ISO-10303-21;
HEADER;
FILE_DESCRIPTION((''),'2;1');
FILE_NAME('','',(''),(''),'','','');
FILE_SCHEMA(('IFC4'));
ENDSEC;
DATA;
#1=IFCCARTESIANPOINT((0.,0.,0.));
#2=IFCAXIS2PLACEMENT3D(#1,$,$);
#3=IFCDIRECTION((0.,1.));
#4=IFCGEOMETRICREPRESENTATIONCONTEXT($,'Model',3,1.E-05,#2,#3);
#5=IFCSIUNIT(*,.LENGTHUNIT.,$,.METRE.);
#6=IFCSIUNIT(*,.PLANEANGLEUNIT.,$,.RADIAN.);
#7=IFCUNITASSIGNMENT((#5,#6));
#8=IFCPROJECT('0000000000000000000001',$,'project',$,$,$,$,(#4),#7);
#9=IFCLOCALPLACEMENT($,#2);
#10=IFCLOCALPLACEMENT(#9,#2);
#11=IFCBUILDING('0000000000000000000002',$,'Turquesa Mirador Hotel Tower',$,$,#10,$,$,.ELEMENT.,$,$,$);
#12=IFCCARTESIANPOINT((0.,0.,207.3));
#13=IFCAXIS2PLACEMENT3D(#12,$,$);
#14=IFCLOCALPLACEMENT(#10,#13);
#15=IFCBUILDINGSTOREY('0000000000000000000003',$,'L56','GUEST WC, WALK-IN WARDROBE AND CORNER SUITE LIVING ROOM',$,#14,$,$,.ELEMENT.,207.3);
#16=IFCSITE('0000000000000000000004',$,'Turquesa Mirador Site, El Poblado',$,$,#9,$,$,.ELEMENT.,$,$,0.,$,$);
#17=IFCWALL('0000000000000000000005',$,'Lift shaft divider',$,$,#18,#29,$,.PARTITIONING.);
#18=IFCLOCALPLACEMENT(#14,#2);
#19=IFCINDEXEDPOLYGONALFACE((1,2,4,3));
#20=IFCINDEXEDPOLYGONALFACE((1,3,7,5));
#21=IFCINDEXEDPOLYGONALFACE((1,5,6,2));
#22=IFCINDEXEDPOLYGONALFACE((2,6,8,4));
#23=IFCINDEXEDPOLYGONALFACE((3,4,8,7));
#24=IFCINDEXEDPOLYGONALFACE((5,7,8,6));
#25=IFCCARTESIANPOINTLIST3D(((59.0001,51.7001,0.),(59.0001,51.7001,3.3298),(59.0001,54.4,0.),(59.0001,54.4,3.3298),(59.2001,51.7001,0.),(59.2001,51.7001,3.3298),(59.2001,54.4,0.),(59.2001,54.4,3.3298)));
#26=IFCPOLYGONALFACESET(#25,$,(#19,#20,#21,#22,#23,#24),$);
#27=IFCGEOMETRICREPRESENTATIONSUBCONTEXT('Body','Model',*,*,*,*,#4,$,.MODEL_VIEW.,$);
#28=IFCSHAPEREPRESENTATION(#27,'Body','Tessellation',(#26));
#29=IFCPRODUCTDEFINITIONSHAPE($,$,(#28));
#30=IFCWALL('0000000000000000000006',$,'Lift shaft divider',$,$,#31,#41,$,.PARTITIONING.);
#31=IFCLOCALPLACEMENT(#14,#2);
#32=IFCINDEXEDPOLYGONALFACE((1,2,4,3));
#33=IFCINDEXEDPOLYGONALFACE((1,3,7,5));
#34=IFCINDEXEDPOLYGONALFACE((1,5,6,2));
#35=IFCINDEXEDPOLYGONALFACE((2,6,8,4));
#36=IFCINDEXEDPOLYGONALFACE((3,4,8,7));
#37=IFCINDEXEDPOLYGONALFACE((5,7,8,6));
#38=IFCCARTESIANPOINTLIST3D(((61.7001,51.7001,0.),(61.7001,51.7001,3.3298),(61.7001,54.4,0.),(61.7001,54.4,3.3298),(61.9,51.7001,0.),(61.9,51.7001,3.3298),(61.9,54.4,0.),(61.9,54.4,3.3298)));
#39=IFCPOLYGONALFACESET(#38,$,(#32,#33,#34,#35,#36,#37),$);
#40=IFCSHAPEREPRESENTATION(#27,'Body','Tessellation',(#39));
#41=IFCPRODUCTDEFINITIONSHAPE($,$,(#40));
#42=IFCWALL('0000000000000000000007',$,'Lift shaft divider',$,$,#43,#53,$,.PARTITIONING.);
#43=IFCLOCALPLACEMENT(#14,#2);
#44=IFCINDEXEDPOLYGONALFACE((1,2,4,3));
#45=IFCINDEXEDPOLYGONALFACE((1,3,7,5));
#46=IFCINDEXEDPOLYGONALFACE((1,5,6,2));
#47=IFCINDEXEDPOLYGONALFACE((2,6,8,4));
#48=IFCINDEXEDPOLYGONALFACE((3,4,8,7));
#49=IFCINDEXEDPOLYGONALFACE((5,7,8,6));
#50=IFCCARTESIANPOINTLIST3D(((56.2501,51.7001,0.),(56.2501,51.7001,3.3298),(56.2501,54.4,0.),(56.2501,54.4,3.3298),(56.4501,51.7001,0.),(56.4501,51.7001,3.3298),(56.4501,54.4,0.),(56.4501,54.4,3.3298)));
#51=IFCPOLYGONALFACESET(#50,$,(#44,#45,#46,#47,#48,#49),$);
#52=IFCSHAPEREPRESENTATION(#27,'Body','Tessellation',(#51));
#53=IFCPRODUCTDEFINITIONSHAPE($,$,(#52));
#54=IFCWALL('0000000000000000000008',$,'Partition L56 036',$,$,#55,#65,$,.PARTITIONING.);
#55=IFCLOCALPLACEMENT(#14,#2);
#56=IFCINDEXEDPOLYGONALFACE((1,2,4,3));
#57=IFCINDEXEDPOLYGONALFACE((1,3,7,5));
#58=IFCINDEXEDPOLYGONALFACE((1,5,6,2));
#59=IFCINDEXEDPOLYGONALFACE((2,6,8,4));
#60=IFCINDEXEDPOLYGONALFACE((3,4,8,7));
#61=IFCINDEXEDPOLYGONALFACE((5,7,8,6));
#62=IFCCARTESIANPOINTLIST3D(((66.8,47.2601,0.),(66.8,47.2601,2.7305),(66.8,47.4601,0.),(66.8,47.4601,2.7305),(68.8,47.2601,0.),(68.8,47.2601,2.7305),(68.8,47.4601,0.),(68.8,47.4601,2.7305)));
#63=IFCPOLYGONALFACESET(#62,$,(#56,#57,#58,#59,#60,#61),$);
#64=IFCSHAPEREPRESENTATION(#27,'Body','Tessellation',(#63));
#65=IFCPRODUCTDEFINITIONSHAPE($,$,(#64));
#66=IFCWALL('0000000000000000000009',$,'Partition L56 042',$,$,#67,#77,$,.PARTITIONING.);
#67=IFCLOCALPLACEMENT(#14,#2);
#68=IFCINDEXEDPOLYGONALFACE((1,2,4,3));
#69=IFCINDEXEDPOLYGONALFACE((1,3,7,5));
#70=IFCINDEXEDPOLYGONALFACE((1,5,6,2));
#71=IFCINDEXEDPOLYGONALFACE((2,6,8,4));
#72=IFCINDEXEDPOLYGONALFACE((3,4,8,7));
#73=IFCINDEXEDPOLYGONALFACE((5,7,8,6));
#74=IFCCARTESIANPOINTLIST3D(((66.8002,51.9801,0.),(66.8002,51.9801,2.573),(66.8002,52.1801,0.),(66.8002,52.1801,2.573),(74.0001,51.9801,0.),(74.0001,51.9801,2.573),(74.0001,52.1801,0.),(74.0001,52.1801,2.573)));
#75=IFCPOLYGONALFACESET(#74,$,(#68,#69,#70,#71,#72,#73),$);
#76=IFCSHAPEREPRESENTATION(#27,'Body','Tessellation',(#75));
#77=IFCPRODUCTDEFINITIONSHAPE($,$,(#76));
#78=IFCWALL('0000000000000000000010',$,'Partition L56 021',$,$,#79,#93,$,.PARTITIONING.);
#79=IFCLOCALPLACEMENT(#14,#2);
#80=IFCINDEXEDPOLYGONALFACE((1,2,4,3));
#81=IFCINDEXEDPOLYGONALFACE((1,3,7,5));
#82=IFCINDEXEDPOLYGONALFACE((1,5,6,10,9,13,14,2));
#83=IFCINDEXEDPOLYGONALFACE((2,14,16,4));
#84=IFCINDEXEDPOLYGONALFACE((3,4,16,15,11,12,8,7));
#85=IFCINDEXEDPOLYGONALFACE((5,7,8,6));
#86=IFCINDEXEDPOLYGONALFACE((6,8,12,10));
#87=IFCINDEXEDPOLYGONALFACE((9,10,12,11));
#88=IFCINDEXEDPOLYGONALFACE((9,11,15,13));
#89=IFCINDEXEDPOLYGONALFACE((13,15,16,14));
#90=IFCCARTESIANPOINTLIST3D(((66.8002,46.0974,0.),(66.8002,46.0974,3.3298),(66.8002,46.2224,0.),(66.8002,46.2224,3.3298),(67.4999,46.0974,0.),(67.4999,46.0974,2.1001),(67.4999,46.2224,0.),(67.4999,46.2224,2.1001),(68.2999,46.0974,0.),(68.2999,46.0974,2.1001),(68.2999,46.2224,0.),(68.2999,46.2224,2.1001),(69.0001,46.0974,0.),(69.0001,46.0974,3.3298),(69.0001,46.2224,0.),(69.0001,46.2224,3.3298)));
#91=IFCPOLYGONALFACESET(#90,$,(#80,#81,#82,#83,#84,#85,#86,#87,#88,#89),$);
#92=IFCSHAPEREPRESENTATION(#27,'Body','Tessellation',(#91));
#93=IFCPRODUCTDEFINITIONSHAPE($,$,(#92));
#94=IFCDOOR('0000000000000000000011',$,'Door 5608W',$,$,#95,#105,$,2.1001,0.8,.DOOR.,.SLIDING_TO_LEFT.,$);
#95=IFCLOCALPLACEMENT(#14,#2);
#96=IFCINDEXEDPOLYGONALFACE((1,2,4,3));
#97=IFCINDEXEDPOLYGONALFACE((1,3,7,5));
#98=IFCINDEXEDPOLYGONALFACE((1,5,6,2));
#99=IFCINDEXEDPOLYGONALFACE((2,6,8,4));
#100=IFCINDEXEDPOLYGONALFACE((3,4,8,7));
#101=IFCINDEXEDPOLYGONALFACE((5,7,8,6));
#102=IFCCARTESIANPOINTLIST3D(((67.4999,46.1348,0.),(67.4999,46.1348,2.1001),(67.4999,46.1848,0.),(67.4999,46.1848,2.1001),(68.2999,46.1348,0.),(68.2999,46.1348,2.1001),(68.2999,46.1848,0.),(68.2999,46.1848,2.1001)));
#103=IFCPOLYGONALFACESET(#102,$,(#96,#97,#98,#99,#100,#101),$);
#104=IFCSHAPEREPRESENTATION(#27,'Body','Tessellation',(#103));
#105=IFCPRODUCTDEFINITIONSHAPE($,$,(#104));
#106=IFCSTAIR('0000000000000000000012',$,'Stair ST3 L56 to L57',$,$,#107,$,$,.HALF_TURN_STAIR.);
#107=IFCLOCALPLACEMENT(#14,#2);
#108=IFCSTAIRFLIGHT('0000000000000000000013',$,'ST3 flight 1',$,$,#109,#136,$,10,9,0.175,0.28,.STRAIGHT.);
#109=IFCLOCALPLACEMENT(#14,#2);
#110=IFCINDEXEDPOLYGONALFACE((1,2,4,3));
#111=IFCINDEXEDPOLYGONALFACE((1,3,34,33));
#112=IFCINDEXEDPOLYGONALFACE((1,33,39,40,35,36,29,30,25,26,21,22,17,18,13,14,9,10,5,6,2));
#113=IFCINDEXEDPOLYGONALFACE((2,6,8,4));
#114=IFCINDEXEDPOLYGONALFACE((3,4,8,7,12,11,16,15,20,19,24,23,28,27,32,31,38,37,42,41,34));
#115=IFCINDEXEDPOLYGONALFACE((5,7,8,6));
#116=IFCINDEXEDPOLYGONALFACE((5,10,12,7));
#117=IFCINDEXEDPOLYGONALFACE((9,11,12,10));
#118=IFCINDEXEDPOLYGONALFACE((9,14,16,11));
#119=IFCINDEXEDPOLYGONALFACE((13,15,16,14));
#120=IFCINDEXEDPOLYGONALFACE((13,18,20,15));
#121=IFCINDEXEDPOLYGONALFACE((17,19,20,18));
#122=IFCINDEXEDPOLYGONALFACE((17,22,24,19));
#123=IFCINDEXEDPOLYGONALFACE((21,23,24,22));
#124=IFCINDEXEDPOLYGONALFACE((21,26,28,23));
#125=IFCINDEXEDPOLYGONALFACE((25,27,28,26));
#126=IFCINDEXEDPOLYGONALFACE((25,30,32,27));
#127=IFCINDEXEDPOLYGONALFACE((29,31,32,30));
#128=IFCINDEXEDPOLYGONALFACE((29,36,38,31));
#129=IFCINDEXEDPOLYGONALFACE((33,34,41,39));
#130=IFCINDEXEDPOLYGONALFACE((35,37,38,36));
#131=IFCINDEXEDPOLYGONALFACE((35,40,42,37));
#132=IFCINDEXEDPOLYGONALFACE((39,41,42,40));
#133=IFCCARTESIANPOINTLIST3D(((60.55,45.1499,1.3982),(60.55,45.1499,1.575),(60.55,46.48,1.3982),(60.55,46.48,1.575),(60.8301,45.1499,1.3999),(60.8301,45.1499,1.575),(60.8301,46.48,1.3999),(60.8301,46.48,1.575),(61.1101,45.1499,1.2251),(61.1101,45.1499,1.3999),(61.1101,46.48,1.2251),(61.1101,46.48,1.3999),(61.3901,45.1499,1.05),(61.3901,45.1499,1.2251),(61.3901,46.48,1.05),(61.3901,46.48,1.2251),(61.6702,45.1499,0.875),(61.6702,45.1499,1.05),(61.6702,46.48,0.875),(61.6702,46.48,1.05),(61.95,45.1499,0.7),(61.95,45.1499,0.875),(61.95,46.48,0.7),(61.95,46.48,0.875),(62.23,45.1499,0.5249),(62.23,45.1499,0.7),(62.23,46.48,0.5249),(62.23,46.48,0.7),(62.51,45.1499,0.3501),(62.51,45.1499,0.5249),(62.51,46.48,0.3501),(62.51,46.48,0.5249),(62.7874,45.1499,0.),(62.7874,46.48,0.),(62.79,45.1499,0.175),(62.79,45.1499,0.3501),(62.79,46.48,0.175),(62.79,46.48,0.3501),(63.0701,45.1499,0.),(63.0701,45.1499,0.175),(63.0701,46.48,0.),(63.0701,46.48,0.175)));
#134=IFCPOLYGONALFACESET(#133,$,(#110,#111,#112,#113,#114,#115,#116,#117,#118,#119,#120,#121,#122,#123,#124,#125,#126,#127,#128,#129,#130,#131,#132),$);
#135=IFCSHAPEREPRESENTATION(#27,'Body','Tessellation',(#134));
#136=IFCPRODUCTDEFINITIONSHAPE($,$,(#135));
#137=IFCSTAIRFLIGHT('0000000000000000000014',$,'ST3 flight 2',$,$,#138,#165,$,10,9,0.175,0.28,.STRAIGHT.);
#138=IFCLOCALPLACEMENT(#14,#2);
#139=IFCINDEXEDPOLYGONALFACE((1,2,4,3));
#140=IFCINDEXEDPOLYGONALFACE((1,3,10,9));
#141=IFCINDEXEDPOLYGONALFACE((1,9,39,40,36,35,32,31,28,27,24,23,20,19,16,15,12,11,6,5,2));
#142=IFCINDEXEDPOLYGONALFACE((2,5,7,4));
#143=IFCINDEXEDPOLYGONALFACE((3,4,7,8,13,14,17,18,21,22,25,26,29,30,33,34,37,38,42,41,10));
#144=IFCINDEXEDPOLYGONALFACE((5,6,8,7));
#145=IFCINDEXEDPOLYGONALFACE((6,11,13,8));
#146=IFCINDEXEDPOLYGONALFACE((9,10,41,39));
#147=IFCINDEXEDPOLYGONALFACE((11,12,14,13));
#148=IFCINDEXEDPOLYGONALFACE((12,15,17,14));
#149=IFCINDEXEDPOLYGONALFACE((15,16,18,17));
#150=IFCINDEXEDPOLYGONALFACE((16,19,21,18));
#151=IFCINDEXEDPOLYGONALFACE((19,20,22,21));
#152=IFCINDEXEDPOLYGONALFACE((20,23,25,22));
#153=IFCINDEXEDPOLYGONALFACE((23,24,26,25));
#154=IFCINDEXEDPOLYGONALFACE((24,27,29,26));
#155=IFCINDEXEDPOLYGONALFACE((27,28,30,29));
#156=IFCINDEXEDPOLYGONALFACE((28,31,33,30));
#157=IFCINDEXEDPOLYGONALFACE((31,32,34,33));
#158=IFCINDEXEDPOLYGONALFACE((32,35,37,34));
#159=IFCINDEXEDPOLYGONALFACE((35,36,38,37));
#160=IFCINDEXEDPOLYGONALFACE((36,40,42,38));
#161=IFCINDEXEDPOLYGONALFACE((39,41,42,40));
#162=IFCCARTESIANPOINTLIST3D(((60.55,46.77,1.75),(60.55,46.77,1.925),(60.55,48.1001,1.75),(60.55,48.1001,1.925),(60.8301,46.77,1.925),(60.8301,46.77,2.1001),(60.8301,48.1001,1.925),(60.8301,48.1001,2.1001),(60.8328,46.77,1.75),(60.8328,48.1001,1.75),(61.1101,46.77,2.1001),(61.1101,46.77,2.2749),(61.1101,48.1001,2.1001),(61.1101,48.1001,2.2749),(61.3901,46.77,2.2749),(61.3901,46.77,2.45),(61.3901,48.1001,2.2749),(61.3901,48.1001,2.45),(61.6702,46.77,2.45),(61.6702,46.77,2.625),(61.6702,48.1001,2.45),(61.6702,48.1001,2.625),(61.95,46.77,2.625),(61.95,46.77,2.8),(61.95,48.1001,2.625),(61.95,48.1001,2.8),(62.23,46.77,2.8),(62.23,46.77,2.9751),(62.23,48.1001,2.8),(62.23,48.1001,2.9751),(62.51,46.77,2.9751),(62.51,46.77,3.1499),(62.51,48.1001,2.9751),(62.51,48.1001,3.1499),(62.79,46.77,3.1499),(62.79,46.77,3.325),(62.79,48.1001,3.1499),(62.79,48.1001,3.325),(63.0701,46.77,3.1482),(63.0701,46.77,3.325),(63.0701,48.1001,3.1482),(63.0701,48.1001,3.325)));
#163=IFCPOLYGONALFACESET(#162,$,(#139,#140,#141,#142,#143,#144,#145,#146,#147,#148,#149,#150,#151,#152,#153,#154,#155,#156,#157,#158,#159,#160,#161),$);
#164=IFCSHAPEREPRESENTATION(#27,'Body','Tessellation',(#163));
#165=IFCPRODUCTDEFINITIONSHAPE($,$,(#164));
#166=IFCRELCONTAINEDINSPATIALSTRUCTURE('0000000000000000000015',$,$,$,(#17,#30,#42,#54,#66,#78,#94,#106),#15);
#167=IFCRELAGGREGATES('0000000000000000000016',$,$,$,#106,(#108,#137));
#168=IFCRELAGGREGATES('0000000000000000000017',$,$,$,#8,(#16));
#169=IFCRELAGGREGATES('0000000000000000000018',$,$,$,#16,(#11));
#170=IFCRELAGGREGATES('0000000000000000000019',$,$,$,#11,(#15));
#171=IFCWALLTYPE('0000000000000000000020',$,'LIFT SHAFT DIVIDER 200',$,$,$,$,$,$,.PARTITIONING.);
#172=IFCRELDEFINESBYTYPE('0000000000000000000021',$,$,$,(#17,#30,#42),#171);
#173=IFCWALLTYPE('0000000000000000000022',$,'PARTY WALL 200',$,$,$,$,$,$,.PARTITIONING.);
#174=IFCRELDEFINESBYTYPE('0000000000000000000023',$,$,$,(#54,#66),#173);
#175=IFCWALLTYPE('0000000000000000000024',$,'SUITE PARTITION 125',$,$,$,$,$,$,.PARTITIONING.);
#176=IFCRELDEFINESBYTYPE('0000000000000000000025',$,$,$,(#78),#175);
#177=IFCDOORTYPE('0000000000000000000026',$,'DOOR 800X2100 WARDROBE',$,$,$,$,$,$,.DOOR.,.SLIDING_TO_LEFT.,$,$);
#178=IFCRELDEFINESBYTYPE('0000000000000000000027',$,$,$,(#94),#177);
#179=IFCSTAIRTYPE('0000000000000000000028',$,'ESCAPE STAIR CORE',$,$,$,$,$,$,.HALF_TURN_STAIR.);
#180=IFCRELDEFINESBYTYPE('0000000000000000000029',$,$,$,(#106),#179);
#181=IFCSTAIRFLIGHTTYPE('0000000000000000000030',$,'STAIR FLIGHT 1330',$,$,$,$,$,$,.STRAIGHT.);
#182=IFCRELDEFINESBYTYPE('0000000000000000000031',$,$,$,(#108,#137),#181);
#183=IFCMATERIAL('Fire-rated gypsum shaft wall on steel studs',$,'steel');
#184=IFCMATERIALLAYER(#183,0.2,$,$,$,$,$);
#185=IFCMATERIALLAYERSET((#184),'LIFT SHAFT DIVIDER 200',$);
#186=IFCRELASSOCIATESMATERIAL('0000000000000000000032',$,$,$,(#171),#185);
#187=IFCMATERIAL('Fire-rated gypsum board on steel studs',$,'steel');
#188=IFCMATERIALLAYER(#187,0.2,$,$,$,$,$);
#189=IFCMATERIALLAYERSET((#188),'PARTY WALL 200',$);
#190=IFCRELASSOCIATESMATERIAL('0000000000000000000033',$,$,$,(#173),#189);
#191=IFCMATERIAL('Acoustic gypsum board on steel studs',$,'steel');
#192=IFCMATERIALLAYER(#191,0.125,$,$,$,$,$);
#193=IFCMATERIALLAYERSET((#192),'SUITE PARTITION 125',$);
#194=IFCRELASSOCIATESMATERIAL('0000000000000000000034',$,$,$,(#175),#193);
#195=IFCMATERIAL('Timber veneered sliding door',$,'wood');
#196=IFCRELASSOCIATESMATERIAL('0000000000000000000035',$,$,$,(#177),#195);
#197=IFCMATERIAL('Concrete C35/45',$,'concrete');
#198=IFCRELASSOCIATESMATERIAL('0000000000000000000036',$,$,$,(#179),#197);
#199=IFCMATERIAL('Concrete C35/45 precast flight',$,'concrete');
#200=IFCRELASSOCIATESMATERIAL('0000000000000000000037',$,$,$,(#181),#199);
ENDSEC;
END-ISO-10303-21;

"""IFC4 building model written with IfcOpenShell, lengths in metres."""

from ifc_helpers import new_model, si_unit, direction, frame, frame_2d, origin, place, context, subcontext, project, spatial, polyline, rectangle, outline, extrude, material, layer, layer_set, type_object, element, fill, aggregate, save


model = new_model("IFC4")

# Units and contexts
model_context = context("Model", 3, precision=1e-05, world=origin(), true_north=direction((0.0, 1.0)))
body_context = subcontext(model_context, "Body", "Model", "MODEL_VIEW")
ifc_project = project(units=[si_unit("LENGTHUNIT", "METRE"), si_unit("PLANEANGLEUNIT", "RADIAN")], contexts=[model_context])

# Site, building, storey
site_placement = place(None, origin())
site = spatial("IfcSite", under=ifc_project, at=site_placement, Name="Turquesa Mirador Site, El Poblado", CompositionType="ELEMENT", RefElevation=0.0)
building_placement = place(site_placement, origin())
building = spatial("IfcBuilding", under=site, at=building_placement, Name="Turquesa Mirador Hotel Tower", CompositionType="ELEMENT")
storey_placement = place(building_placement, frame((0.0, 0.0, 207.3)))
storey = spatial("IfcBuildingStorey", under=building, at=storey_placement, Name="L56", Description="GUEST WC, WALK-IN WARDROBE AND CORNER SUITE LIVING ROOM", CompositionType="ELEMENT", Elevation=207.3)

# Walls
ifc_material_1 = material(Name="Fire-rated gypsum shaft wall on steel studs", Category="steel")
ifc_layer_1 = layer(ifc_material_1, 0.2)
ifc_layer_set_1 = layer_set([ifc_layer_1], Name="LIFT SHAFT DIVIDER 200")
wall_type_1 = type_object("IfcWallType", Name="LIFT SHAFT DIVIDER 200", PredefinedType="PARTITIONING", material=ifc_layer_set_1)
for number, where, z_axis, x_axis, name in (
    (1, (59.1001, 51.7, 0.0), (0.0, 0.0, 1.0), (0.0, 1.0, 0.0), "Lift shaft divider"),
    (2, (61.8, 51.7, 0.0), (0.0, 0.0, 1.0), (0.0, 1.0, 0.0), "Lift shaft divider"),
    (3, (56.3501, 51.7, 0.0), (0.0, 0.0, 1.0), (0.0, 1.0, 0.0), "Lift shaft divider"),
):
    element("IfcWall", number, at=place(storey_placement, frame(where, z_axis=z_axis, x_axis=x_axis)), inside=storey, type_object=wall_type_1, Name=name, PredefinedType="PARTITIONING", context=body_context, shape_type="SweptSolid", body=[
        extrude(rectangle(XDim=2.7, YDim=0.2, at=frame_2d((1.3501, 0.0))), origin(), (0.0, 0.0, 1.0), 3.3298),
    ])
ifc_material_2 = material(Name="Fire-rated gypsum board on steel studs", Category="steel")
ifc_layer_2 = layer(ifc_material_2, 0.2)
ifc_layer_set_2 = layer_set([ifc_layer_2], Name="PARTY WALL 200")
wall_type_2 = type_object("IfcWallType", Name="PARTY WALL 200", PredefinedType="PARTITIONING", material=ifc_layer_set_2)
wall_1_placement = place(storey_placement, frame((66.8, 47.3601, 0.0), z_axis=(0.0, 0.0, 1.0), x_axis=(1.0, 0.0, 0.0)))
element("IfcWall", 4, at=wall_1_placement, inside=storey, type_object=wall_type_2, Name="Partition L56 036", PredefinedType="PARTITIONING", context=body_context, shape_type="SweptSolid", body=[
    extrude(rectangle(XDim=2.0, YDim=0.2, at=frame_2d((1.0, 0.0))), origin(), (0.0, 0.0, 1.0), 2.7305),
])
wall_2_placement = place(storey_placement, frame((66.8, 52.0801, 0.0), z_axis=(0.0, 0.0, 1.0), x_axis=(1.0, 0.0, 0.0)))
element("IfcWall", 5, at=wall_2_placement, inside=storey, type_object=wall_type_2, Name="Partition L56 042", PredefinedType="PARTITIONING", context=body_context, shape_type="SweptSolid", body=[
    extrude(rectangle(XDim=7.2, YDim=0.2, at=frame_2d((3.6001, 0.0))), origin(), (0.0, 0.0, 1.0), 2.573),
])

# Wall, opening, door
ifc_material_3 = material(Name="Acoustic gypsum board on steel studs", Category="steel")
ifc_layer_3 = layer(ifc_material_3, 0.125)
ifc_layer_set_3 = layer_set([ifc_layer_3], Name="SUITE PARTITION 125")
wall_type_3 = type_object("IfcWallType", Name="SUITE PARTITION 125", PredefinedType="PARTITIONING", material=ifc_layer_set_3)
wall_3_placement = place(storey_placement, frame((66.8, 46.1599, 0.0), z_axis=(0.0, 0.0, 1.0), x_axis=(1.0, 0.0, 0.0)))
wall_3 = element("IfcWall", 6, at=wall_3_placement, inside=storey, type_object=wall_type_3, Name="Partition L56 021", PredefinedType="PARTITIONING", context=body_context, shape_type="SweptSolid", body=[
    extrude(rectangle(XDim=2.2, YDim=0.125, at=frame_2d((1.1001, 0.0))), origin(), (0.0, 0.0, 1.0), 3.3298),
])
opening_1_placement = place(wall_3_placement, frame((0.7, 0.0, 0.0)))
opening_1 = element("IfcOpeningElement", 7, at=opening_1_placement, cuts=wall_3, PredefinedType="OPENING", context=body_context, shape_type="SweptSolid", body=[
    extrude(rectangle(XDim=0.8, YDim=2.1001, at=frame_2d((0.3999, 1.05))), frame((0.0, 0.0725, 0.0), z_axis=(0.0, -1.0, 0.0), x_axis=(1.0, 0.0, 0.0)), (0.0, 0.0, 1.0), 0.145),
])
ifc_material_4 = material(Name="Timber veneered sliding door", Category="wood")
door_type_1 = type_object("IfcDoorType", Name="DOOR 800X2100 WARDROBE", OperationType="SLIDING_TO_LEFT", PredefinedType="DOOR", material=ifc_material_4)
door_1_placement = place(opening_1_placement, origin())
door_1 = element("IfcDoor", 8, at=door_1_placement, inside=storey, type_object=door_type_1, Name="Door 5608W", OperationType="SLIDING_TO_LEFT", OverallHeight=2.1001, OverallWidth=0.8, PredefinedType="DOOR", context=body_context, shape_type="SweptSolid", body=[
    extrude(rectangle(XDim=0.8, YDim=2.1001, at=frame_2d((0.3999, 1.05))), frame((0.0, 0.0249, 0.0), z_axis=(0.0, -1.0, 0.0), x_axis=(1.0, 0.0, 0.0)), (0.0, 0.0, 1.0), 0.05),
])
fill(opening_1, door_1)

# Stair, stair flights
ifc_material_5 = material(Name="Concrete C35/45", Category="concrete")
stair_type = type_object("IfcStairType", Name="ESCAPE STAIR CORE", PredefinedType="HALF_TURN_STAIR", material=ifc_material_5)
stair_placement = place(storey_placement, origin())
stair = element("IfcStair", 9, at=stair_placement, inside=storey, type_object=stair_type, Name="Stair ST3 L56 to L57", PredefinedType="HALF_TURN_STAIR")
ifc_material_6 = material(Name="Concrete C35/45 precast flight", Category="concrete")
stair_flight_type = type_object("IfcStairFlightType", Name="STAIR FLIGHT 1330", PredefinedType="STRAIGHT", material=ifc_material_6)
stair_flight_1_placement = place(storey_placement, frame((63.0701, 45.8149, 0.0), z_axis=(0.0, 0.0, 1.0), x_axis=(-1.0, 0.0, 0.0)))
stair_flight_1 = element("IfcStairFlight", 10, at=stair_flight_1_placement, type_object=stair_flight_type, Name="ST3 flight 1", NumberOfRisers=10, NumberOfTreads=9, PredefinedType="STRAIGHT", RiserHeight=0.175, TreadLength=0.28, context=body_context, shape_type="SweptSolid", body=[
    extrude(outline(polyline([(0.0, 0.0), (0.0, 0.175), (0.28, 0.175), (0.28, 0.3501), (0.5601, 0.3501), (0.5601, 0.5249), (0.8401, 0.5249), (0.8401, 0.7), (1.1201, 0.7), (1.1201, 0.875), (1.3999, 0.875), (1.3999, 1.05), (1.6799, 1.05), (1.6799, 1.2251), (1.96, 1.2251), (1.96, 1.3999), (2.24, 1.3999), (2.24, 1.575), (2.52, 1.575), (2.52, 1.75), (2.52, 1.3982), (0.2827, 0.0), (0.0, 0.0)])), frame((0.0, 0.665, 0.0), z_axis=(0.0, -1.0, 0.0), x_axis=(1.0, 0.0, 0.0)), (0.0, 0.0, 1.0), 1.3301),
])
stair_flight_2_placement = place(storey_placement, frame((60.55, 47.4351, 1.75), z_axis=(0.0, 0.0, 1.0), x_axis=(1.0, 0.0, 0.0)))
stair_flight_2 = element("IfcStairFlight", 11, at=stair_flight_2_placement, type_object=stair_flight_type, Name="ST3 flight 2", NumberOfRisers=10, NumberOfTreads=9, PredefinedType="STRAIGHT", RiserHeight=0.175, TreadLength=0.28, context=body_context, shape_type="SweptSolid", body=[
    extrude(outline(polyline([(0.0, 0.0), (0.0, 0.175), (0.28, 0.175), (0.28, 0.3501), (0.5601, 0.3501), (0.5601, 0.5249), (0.8401, 0.5249), (0.8401, 0.7), (1.1201, 0.7), (1.1201, 0.875), (1.3999, 0.875), (1.3999, 1.05), (1.6799, 1.05), (1.6799, 1.2251), (1.96, 1.2251), (1.96, 1.3999), (2.24, 1.3999), (2.24, 1.575), (2.52, 1.575), (2.52, 1.75), (2.52, 1.3982), (0.2827, 0.0), (0.0, 0.0)])), frame((0.0, 0.665, 0.0), z_axis=(0.0, -1.0, 0.0), x_axis=(1.0, 0.0, 0.0)), (0.0, 0.0, 1.0), 1.3301),
])
aggregate(stair, [stair_flight_1, stair_flight_2])

save(model, "model.ifc")
